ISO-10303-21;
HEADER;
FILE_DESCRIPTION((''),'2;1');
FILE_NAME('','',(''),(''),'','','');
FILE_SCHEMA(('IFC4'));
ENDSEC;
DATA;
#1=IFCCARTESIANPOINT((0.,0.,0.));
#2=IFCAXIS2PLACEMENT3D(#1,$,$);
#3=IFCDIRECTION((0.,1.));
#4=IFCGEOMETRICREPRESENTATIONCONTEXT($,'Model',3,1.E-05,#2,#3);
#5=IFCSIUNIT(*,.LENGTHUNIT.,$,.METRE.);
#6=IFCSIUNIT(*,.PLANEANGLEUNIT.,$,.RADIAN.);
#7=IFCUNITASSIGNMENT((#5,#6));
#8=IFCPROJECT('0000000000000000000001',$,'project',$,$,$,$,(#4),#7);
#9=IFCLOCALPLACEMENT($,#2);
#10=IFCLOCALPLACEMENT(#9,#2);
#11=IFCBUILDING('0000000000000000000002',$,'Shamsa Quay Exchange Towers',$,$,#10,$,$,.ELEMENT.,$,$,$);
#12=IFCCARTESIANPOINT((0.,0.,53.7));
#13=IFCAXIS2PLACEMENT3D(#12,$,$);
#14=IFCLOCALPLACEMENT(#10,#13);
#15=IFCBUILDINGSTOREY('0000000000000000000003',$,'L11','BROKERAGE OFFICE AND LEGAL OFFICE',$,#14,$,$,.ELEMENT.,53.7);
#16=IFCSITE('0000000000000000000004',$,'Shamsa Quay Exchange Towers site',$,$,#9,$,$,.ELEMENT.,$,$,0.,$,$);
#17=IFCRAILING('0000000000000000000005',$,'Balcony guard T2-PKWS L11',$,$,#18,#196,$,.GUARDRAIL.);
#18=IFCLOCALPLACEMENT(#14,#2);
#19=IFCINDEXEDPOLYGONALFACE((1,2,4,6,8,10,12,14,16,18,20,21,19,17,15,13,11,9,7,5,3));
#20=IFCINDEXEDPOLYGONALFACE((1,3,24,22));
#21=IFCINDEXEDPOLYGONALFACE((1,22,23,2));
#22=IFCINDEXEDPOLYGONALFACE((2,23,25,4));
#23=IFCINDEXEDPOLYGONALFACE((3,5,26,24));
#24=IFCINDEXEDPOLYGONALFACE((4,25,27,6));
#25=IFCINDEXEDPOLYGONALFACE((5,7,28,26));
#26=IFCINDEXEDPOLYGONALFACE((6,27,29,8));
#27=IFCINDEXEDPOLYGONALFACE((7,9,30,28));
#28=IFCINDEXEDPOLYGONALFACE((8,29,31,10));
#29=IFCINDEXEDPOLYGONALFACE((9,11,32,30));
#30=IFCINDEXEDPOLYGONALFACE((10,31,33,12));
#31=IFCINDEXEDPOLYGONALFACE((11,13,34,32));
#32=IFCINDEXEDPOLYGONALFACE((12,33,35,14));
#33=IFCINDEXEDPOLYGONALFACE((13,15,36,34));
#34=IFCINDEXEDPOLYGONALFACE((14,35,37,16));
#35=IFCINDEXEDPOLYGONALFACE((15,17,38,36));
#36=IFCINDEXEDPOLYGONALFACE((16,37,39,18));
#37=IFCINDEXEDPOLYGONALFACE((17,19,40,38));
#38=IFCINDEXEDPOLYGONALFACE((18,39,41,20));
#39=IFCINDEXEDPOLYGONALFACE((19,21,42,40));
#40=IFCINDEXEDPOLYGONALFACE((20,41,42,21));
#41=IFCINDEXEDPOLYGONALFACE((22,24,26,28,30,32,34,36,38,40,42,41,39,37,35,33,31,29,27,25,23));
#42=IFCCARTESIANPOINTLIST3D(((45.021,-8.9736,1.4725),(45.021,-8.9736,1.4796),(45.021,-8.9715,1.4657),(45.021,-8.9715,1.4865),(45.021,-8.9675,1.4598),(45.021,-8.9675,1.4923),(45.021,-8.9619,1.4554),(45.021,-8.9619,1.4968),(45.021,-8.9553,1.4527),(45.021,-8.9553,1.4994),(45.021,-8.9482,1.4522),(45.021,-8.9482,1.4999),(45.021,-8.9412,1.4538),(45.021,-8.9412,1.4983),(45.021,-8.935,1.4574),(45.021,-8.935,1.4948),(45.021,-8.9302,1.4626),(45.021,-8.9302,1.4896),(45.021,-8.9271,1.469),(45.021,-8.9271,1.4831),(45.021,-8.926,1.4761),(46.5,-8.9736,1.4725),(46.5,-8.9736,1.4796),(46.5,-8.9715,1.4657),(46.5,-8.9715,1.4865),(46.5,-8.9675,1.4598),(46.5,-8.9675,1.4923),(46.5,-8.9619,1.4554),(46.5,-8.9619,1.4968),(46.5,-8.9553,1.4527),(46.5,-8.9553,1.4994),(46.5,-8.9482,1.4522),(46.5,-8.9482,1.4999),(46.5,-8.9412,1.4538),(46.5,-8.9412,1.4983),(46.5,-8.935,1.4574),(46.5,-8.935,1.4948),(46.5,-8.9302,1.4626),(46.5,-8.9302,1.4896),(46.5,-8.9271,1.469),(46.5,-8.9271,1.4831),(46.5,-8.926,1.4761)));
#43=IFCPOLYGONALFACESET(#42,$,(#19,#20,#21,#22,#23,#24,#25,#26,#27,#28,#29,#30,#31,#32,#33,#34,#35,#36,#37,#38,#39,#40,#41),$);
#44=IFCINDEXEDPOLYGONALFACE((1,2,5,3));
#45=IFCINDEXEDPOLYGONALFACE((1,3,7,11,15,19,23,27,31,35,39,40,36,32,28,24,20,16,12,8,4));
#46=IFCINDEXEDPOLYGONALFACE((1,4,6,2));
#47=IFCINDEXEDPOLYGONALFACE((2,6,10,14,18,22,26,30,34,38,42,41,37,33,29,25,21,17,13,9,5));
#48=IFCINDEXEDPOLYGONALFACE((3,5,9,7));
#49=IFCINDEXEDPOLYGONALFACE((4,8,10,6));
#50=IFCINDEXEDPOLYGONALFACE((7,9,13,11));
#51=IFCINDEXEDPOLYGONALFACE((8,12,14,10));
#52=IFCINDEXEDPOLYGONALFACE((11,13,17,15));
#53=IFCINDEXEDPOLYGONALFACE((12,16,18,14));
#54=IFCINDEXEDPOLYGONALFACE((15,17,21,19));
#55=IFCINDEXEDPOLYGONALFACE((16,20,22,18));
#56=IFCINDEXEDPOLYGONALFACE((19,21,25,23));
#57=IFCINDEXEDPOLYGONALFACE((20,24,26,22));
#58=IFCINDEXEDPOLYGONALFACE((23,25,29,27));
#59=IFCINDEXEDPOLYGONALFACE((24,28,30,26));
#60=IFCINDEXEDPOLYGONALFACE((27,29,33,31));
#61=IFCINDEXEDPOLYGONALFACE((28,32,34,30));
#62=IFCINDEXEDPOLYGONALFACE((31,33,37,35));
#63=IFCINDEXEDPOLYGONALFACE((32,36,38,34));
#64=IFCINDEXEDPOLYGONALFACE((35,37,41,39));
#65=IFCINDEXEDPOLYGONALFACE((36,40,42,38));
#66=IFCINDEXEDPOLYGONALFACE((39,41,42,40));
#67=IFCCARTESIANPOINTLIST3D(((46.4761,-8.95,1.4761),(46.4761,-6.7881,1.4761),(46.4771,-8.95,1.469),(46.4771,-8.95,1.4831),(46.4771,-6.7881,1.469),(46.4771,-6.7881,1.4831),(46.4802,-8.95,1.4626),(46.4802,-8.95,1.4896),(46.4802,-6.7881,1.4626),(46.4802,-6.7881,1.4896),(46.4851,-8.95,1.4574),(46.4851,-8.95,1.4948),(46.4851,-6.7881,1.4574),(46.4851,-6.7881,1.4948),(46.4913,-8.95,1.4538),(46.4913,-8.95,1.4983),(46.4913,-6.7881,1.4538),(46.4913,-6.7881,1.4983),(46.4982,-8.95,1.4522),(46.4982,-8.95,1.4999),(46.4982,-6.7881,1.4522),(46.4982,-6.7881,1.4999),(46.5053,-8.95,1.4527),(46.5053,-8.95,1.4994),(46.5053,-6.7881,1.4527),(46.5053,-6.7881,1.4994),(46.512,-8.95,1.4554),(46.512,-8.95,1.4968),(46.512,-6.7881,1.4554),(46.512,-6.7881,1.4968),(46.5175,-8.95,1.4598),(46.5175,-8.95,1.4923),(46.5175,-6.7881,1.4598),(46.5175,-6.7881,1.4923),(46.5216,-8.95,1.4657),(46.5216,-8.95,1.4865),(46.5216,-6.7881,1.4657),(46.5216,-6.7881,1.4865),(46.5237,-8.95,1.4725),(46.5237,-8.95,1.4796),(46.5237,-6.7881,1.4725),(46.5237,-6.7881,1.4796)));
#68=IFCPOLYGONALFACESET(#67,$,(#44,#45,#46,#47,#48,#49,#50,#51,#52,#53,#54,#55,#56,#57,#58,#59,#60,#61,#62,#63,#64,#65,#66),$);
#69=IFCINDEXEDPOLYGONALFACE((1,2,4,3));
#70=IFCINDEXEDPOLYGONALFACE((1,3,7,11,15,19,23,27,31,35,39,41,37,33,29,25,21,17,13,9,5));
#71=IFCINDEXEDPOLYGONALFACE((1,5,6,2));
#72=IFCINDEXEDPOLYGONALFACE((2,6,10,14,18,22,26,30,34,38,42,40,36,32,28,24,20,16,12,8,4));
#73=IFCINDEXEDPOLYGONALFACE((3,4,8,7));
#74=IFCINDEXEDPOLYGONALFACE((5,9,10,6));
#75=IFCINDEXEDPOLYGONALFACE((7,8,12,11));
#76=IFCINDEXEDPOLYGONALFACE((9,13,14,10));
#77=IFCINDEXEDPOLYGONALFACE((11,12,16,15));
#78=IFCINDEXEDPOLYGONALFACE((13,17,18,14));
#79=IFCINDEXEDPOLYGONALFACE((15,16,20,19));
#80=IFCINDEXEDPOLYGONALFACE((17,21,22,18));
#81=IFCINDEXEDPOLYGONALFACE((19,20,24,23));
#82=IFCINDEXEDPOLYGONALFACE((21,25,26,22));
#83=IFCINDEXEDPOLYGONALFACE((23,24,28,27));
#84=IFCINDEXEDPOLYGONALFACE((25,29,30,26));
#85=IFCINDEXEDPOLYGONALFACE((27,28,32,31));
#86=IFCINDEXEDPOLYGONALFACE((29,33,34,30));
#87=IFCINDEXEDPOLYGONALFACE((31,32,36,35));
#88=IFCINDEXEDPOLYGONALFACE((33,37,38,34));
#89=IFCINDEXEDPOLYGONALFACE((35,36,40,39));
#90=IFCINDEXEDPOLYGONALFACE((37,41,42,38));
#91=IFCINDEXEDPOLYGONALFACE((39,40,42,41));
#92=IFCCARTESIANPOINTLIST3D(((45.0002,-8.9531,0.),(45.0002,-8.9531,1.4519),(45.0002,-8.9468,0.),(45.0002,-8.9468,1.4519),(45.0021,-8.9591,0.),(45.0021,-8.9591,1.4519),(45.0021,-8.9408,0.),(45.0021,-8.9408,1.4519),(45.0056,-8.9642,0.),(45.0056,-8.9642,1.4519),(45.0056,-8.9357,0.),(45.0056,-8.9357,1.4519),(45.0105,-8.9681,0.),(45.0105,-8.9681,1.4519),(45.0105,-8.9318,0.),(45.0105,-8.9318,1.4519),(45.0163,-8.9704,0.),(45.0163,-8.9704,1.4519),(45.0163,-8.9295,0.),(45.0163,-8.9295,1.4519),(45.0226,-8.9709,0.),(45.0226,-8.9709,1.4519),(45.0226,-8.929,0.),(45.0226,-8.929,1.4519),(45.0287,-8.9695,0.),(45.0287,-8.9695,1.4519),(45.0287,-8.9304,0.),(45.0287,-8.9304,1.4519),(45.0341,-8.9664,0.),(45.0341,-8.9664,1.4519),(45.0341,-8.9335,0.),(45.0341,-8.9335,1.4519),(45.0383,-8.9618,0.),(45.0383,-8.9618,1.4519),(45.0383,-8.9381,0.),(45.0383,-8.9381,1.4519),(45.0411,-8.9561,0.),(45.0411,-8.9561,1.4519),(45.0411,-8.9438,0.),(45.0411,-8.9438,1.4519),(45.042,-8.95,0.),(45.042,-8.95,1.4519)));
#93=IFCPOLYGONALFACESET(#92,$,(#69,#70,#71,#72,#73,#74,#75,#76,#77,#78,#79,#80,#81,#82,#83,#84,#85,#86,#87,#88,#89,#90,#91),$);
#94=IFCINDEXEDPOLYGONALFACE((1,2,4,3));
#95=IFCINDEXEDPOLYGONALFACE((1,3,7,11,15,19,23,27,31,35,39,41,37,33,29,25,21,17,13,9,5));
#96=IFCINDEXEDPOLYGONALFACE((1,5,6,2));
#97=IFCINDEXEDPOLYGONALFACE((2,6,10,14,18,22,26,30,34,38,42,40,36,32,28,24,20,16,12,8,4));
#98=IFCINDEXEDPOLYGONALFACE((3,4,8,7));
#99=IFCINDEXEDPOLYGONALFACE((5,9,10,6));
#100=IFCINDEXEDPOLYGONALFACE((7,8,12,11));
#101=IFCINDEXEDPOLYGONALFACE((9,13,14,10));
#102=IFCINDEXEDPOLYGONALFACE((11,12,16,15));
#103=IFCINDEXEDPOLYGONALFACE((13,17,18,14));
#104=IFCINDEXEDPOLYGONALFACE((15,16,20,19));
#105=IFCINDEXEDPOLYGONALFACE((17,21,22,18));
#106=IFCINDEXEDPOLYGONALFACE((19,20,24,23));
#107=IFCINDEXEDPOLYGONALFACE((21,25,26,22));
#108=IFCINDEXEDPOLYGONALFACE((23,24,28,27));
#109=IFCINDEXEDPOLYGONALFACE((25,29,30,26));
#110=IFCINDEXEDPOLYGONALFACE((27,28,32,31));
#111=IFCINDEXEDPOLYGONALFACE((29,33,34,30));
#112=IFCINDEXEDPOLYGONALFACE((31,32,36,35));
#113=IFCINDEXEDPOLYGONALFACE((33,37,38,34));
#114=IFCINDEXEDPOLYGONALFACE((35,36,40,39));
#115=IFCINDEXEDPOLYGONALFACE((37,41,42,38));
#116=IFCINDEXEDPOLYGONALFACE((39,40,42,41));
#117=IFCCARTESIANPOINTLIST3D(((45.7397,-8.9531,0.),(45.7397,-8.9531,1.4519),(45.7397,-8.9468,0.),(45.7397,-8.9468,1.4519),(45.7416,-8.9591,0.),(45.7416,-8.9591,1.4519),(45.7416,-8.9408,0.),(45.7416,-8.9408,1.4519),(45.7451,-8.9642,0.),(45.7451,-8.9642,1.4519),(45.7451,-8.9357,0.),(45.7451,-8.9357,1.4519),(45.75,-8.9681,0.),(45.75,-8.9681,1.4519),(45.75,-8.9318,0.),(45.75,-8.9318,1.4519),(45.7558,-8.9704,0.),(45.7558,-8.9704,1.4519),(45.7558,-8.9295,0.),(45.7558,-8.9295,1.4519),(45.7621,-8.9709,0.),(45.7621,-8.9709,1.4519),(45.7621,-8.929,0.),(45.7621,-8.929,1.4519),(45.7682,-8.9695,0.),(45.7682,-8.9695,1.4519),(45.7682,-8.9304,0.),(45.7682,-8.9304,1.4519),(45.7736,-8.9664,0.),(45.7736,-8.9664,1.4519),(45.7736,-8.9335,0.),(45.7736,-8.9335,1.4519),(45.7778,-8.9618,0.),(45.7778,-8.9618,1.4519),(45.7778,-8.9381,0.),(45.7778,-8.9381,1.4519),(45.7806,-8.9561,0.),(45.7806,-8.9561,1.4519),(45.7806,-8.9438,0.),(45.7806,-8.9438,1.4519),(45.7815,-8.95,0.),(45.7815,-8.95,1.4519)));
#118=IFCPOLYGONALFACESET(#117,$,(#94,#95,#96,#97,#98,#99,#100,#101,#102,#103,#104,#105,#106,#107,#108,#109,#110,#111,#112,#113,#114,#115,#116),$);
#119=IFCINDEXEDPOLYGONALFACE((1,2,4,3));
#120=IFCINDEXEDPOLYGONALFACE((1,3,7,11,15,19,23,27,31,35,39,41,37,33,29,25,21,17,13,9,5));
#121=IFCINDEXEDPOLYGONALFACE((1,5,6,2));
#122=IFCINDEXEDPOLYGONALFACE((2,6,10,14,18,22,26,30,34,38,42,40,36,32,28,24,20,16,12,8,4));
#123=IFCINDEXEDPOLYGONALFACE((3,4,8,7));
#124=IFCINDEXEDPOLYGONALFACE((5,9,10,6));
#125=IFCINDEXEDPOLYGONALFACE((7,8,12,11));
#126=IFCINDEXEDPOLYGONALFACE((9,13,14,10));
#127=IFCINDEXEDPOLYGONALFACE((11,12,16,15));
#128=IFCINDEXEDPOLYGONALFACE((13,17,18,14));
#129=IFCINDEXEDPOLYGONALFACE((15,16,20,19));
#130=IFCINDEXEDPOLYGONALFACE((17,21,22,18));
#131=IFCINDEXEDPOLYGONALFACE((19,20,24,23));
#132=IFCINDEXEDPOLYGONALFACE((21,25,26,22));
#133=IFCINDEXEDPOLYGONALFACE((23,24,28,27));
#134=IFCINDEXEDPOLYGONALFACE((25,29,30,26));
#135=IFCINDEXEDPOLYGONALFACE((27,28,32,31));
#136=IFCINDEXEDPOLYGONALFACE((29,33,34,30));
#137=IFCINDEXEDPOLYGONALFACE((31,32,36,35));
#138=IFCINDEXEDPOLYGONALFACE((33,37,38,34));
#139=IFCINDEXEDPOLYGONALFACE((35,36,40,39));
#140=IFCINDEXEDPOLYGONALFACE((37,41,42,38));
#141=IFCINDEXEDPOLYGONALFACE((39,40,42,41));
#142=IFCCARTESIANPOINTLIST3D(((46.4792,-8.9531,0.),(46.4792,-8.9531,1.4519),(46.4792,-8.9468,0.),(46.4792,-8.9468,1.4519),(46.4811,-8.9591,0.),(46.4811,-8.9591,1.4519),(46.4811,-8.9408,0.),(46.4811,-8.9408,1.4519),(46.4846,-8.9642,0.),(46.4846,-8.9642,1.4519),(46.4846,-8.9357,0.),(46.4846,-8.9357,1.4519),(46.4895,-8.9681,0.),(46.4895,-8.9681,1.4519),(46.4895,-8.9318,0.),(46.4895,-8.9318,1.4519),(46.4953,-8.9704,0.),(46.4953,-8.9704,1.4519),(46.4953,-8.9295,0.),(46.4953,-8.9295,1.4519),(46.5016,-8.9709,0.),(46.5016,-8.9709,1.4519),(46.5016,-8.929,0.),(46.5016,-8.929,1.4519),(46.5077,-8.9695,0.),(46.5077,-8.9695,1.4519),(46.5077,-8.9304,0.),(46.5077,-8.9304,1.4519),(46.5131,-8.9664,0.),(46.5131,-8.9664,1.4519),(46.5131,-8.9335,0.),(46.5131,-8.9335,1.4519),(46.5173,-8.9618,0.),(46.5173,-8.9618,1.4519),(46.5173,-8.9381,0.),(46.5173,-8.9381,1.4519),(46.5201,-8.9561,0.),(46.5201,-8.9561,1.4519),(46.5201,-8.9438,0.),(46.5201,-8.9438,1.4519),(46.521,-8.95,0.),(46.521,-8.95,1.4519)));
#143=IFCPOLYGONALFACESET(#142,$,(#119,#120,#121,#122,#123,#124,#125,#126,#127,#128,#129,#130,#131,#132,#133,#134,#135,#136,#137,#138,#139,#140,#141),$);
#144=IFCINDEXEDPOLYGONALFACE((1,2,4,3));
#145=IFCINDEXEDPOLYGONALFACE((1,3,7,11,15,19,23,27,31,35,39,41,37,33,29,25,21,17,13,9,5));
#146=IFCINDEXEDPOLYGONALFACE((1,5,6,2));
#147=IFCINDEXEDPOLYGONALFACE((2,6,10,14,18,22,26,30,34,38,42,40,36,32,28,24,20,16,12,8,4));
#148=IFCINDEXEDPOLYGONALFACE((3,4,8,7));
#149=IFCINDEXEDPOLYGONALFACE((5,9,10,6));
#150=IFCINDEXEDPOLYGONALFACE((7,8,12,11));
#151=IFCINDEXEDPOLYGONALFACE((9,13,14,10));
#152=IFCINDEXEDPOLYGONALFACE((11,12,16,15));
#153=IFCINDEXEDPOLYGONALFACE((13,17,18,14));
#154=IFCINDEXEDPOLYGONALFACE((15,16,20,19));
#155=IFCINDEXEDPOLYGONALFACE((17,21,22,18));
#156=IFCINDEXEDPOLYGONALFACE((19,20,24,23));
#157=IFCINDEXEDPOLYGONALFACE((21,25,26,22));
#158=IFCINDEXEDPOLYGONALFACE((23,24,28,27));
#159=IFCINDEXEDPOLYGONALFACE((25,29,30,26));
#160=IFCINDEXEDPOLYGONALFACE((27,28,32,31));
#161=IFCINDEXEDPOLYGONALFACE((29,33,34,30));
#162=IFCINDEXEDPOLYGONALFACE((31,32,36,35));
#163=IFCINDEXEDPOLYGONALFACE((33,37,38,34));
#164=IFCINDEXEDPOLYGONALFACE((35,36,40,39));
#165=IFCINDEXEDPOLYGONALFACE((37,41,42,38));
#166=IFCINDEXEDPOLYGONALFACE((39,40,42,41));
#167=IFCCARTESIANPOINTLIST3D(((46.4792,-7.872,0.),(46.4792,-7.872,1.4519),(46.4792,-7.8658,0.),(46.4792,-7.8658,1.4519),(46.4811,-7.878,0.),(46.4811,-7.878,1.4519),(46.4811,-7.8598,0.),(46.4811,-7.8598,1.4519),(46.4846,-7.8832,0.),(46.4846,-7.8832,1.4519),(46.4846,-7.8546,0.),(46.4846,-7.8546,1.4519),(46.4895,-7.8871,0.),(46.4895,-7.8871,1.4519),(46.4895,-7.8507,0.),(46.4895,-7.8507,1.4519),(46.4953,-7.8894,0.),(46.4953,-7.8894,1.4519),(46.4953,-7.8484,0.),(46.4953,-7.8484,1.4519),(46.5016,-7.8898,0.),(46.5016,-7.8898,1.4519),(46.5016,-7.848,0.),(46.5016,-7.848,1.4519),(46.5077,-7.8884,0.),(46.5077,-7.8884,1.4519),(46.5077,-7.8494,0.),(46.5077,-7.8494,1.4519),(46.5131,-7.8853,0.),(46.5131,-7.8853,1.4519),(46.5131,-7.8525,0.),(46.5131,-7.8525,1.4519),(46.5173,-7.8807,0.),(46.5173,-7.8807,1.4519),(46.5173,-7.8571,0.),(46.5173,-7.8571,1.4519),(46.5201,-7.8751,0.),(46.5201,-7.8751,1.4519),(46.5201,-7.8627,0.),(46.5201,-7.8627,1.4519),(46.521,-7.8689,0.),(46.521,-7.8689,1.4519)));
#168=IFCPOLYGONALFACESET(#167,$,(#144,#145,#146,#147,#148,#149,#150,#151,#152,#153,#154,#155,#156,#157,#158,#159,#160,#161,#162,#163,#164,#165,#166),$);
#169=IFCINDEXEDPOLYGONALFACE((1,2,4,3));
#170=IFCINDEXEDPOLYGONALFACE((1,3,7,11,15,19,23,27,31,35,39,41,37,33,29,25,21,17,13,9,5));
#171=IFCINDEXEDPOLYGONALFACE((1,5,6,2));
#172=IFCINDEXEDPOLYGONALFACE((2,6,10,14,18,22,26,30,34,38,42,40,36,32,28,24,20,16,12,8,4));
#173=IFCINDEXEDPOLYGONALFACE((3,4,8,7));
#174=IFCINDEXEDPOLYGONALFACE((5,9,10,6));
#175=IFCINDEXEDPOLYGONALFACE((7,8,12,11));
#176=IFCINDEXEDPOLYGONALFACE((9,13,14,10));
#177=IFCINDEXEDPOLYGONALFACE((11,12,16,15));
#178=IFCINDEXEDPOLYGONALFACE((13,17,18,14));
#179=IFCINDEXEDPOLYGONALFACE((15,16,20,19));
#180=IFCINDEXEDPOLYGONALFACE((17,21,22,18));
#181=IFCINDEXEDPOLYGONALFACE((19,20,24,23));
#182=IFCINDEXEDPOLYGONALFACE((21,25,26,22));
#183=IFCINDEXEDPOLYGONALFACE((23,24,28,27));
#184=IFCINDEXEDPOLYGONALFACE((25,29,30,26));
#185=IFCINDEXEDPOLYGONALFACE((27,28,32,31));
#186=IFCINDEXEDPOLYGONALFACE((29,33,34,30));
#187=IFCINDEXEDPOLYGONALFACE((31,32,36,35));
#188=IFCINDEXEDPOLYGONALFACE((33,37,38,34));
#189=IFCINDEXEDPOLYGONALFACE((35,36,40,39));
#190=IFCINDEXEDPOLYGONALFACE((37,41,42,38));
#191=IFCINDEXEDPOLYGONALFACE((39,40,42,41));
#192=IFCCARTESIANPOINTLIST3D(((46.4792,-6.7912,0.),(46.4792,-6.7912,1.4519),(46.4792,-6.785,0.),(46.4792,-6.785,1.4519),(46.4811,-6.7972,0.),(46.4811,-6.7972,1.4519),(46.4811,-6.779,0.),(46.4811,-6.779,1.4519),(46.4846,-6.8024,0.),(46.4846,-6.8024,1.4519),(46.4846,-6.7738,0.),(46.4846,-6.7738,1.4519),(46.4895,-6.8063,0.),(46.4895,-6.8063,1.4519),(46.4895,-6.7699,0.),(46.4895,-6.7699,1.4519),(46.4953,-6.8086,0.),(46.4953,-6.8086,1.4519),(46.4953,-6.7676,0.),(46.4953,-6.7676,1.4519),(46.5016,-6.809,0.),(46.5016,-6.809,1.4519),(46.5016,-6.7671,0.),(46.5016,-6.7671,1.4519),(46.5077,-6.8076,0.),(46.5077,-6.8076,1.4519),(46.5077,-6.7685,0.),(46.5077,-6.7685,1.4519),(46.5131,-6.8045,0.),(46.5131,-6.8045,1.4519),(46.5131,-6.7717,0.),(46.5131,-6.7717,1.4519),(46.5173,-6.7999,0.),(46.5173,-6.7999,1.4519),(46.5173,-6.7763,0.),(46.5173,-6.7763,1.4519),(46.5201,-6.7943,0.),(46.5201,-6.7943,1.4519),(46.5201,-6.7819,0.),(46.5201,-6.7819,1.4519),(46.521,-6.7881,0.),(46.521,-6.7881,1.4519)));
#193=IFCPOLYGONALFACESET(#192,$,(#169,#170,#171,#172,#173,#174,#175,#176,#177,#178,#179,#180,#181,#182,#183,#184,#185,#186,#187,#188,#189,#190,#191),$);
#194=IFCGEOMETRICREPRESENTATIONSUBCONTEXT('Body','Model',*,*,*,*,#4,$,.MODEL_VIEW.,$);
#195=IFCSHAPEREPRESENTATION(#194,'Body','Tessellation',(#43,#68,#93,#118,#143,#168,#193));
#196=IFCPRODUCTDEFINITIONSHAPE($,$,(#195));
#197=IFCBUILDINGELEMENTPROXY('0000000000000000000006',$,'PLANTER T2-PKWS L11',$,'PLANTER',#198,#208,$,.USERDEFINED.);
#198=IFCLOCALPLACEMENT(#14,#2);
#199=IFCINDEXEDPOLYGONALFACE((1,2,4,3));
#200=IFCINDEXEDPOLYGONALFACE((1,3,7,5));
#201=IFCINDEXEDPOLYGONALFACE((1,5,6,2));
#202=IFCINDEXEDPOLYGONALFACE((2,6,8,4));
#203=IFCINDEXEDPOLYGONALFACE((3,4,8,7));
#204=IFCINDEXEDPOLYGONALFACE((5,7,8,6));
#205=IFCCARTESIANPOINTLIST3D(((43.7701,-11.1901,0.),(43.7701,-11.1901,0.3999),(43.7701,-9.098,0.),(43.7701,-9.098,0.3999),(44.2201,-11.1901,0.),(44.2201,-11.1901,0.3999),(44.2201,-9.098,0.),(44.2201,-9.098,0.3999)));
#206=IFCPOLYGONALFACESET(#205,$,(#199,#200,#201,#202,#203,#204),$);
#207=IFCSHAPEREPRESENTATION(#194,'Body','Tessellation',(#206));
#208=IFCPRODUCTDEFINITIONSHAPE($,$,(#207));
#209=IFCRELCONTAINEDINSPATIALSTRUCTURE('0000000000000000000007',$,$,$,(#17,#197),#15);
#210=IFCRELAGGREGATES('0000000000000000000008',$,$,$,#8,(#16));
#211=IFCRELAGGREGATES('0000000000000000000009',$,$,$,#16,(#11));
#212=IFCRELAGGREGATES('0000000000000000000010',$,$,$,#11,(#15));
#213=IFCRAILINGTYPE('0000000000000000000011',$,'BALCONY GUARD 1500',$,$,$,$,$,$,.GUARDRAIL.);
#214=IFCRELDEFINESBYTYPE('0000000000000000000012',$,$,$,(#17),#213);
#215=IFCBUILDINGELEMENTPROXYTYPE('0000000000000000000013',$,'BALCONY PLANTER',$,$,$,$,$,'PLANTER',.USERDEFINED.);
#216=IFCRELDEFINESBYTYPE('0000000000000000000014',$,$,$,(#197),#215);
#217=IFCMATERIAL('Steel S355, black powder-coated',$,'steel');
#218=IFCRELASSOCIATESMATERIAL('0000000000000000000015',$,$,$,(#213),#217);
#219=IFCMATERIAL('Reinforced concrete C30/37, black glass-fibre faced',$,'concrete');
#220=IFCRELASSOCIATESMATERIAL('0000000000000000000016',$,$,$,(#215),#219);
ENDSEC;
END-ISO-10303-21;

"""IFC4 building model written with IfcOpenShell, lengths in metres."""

from ifc_helpers import new_model, si_unit, direction, frame, origin, origin_2d, place, context, subcontext, project, spatial, rectangle, circle, extrude, material, type_object, element, save


model = new_model("IFC4")

# Units and contexts
model_context = context("Model", 3, precision=1e-05, world=origin(), true_north=direction((0.0, 1.0)))
body_context = subcontext(model_context, "Body", "Model", "MODEL_VIEW")
ifc_project = project(units=[si_unit("LENGTHUNIT", "METRE"), si_unit("PLANEANGLEUNIT", "RADIAN")], contexts=[model_context])

# Site, building, storey
site_placement = place(None, origin())
site = spatial("IfcSite", under=ifc_project, at=site_placement, Name="Shamsa Quay Exchange Towers site", CompositionType="ELEMENT", RefElevation=0.0)
building_placement = place(site_placement, origin())
building = spatial("IfcBuilding", under=site, at=building_placement, Name="Shamsa Quay Exchange Towers", CompositionType="ELEMENT")
storey_placement = place(building_placement, frame((0.0, 0.0, 53.7)))
storey = spatial("IfcBuildingStorey", under=building, at=storey_placement, Name="L11", Description="BROKERAGE OFFICE AND LEGAL OFFICE", CompositionType="ELEMENT", Elevation=53.7)

# Railing
ifc_material_1 = material(Name="Steel S355, black powder-coated", Category="steel")
railing_type = type_object("IfcRailingType", Name="BALCONY GUARD 1500", PredefinedType="GUARDRAIL", material=ifc_material_1)
for number, where, name in (
    (1, (45.021, -8.95, 0.0), "Balcony guard T2-PKWS L11"),
):
    element("IfcRailing", number, at=place(storey_placement, frame(where)), inside=storey, type_object=railing_type, Name=name, PredefinedType="GUARDRAIL", context=body_context, shape_type="SweptSolid", body=[
        extrude(circle(Radius=0.0239, at=origin_2d()), frame((0.0, 0.0, 1.4761), z_axis=(1.0, 0.0, 0.0), x_axis=(0.0, 1.0, 0.0)), (0.0, 0.0, 1.0), 1.479),
        extrude(circle(Radius=0.0239, at=origin_2d()), frame((1.479, 0.0, 1.4761), z_axis=(0.0, 1.0, 0.0), x_axis=(-1.0, 0.0, 0.0)), (0.0, 0.0, 1.0), 2.1619),
        extrude(circle(Radius=0.021, at=origin_2d()), origin(), (0.0, 0.0, 1.0), 1.4519),
        extrude(circle(Radius=0.021, at=origin_2d()), frame((0.7395, 0.0, 0.0)), (0.0, 0.0, 1.0), 1.4519),
        extrude(circle(Radius=0.021, at=origin_2d()), frame((1.479, 0.0, 0.0)), (0.0, 0.0, 1.0), 1.4519),
        extrude(circle(Radius=0.021, at=origin_2d()), frame((1.479, 1.0811, 0.0)), (0.0, 0.0, 1.0), 1.4519),
        extrude(circle(Radius=0.021, at=origin_2d()), frame((1.479, 2.1619, 0.0)), (0.0, 0.0, 1.0), 1.4519),
    ])

# Building element proxy
ifc_material_2 = material(Name="Reinforced concrete C30/37, black glass-fibre faced", Category="concrete")
building_element_proxy_type = type_object("IfcBuildingElementProxyType", Name="BALCONY PLANTER", ElementType="PLANTER", PredefinedType="USERDEFINED", material=ifc_material_2)
for number, where, z_axis, x_axis, name in (
    (2, (43.9951, -10.144, 0.0), (0.0, 0.0, 1.0), (0.0, 1.0, 0.0), "PLANTER T2-PKWS L11"),
):
    element("IfcBuildingElementProxy", number, at=place(storey_placement, frame(where, z_axis=z_axis, x_axis=x_axis)), inside=storey, type_object=building_element_proxy_type, Name=name, ObjectType="PLANTER", PredefinedType="USERDEFINED", context=body_context, shape_type="SweptSolid", body=[
        extrude(rectangle(XDim=2.092, YDim=0.45, at=origin_2d()), origin(), (0.0, 0.0, 1.0), 0.3999),
    ])

save(model, "model.ifc")
